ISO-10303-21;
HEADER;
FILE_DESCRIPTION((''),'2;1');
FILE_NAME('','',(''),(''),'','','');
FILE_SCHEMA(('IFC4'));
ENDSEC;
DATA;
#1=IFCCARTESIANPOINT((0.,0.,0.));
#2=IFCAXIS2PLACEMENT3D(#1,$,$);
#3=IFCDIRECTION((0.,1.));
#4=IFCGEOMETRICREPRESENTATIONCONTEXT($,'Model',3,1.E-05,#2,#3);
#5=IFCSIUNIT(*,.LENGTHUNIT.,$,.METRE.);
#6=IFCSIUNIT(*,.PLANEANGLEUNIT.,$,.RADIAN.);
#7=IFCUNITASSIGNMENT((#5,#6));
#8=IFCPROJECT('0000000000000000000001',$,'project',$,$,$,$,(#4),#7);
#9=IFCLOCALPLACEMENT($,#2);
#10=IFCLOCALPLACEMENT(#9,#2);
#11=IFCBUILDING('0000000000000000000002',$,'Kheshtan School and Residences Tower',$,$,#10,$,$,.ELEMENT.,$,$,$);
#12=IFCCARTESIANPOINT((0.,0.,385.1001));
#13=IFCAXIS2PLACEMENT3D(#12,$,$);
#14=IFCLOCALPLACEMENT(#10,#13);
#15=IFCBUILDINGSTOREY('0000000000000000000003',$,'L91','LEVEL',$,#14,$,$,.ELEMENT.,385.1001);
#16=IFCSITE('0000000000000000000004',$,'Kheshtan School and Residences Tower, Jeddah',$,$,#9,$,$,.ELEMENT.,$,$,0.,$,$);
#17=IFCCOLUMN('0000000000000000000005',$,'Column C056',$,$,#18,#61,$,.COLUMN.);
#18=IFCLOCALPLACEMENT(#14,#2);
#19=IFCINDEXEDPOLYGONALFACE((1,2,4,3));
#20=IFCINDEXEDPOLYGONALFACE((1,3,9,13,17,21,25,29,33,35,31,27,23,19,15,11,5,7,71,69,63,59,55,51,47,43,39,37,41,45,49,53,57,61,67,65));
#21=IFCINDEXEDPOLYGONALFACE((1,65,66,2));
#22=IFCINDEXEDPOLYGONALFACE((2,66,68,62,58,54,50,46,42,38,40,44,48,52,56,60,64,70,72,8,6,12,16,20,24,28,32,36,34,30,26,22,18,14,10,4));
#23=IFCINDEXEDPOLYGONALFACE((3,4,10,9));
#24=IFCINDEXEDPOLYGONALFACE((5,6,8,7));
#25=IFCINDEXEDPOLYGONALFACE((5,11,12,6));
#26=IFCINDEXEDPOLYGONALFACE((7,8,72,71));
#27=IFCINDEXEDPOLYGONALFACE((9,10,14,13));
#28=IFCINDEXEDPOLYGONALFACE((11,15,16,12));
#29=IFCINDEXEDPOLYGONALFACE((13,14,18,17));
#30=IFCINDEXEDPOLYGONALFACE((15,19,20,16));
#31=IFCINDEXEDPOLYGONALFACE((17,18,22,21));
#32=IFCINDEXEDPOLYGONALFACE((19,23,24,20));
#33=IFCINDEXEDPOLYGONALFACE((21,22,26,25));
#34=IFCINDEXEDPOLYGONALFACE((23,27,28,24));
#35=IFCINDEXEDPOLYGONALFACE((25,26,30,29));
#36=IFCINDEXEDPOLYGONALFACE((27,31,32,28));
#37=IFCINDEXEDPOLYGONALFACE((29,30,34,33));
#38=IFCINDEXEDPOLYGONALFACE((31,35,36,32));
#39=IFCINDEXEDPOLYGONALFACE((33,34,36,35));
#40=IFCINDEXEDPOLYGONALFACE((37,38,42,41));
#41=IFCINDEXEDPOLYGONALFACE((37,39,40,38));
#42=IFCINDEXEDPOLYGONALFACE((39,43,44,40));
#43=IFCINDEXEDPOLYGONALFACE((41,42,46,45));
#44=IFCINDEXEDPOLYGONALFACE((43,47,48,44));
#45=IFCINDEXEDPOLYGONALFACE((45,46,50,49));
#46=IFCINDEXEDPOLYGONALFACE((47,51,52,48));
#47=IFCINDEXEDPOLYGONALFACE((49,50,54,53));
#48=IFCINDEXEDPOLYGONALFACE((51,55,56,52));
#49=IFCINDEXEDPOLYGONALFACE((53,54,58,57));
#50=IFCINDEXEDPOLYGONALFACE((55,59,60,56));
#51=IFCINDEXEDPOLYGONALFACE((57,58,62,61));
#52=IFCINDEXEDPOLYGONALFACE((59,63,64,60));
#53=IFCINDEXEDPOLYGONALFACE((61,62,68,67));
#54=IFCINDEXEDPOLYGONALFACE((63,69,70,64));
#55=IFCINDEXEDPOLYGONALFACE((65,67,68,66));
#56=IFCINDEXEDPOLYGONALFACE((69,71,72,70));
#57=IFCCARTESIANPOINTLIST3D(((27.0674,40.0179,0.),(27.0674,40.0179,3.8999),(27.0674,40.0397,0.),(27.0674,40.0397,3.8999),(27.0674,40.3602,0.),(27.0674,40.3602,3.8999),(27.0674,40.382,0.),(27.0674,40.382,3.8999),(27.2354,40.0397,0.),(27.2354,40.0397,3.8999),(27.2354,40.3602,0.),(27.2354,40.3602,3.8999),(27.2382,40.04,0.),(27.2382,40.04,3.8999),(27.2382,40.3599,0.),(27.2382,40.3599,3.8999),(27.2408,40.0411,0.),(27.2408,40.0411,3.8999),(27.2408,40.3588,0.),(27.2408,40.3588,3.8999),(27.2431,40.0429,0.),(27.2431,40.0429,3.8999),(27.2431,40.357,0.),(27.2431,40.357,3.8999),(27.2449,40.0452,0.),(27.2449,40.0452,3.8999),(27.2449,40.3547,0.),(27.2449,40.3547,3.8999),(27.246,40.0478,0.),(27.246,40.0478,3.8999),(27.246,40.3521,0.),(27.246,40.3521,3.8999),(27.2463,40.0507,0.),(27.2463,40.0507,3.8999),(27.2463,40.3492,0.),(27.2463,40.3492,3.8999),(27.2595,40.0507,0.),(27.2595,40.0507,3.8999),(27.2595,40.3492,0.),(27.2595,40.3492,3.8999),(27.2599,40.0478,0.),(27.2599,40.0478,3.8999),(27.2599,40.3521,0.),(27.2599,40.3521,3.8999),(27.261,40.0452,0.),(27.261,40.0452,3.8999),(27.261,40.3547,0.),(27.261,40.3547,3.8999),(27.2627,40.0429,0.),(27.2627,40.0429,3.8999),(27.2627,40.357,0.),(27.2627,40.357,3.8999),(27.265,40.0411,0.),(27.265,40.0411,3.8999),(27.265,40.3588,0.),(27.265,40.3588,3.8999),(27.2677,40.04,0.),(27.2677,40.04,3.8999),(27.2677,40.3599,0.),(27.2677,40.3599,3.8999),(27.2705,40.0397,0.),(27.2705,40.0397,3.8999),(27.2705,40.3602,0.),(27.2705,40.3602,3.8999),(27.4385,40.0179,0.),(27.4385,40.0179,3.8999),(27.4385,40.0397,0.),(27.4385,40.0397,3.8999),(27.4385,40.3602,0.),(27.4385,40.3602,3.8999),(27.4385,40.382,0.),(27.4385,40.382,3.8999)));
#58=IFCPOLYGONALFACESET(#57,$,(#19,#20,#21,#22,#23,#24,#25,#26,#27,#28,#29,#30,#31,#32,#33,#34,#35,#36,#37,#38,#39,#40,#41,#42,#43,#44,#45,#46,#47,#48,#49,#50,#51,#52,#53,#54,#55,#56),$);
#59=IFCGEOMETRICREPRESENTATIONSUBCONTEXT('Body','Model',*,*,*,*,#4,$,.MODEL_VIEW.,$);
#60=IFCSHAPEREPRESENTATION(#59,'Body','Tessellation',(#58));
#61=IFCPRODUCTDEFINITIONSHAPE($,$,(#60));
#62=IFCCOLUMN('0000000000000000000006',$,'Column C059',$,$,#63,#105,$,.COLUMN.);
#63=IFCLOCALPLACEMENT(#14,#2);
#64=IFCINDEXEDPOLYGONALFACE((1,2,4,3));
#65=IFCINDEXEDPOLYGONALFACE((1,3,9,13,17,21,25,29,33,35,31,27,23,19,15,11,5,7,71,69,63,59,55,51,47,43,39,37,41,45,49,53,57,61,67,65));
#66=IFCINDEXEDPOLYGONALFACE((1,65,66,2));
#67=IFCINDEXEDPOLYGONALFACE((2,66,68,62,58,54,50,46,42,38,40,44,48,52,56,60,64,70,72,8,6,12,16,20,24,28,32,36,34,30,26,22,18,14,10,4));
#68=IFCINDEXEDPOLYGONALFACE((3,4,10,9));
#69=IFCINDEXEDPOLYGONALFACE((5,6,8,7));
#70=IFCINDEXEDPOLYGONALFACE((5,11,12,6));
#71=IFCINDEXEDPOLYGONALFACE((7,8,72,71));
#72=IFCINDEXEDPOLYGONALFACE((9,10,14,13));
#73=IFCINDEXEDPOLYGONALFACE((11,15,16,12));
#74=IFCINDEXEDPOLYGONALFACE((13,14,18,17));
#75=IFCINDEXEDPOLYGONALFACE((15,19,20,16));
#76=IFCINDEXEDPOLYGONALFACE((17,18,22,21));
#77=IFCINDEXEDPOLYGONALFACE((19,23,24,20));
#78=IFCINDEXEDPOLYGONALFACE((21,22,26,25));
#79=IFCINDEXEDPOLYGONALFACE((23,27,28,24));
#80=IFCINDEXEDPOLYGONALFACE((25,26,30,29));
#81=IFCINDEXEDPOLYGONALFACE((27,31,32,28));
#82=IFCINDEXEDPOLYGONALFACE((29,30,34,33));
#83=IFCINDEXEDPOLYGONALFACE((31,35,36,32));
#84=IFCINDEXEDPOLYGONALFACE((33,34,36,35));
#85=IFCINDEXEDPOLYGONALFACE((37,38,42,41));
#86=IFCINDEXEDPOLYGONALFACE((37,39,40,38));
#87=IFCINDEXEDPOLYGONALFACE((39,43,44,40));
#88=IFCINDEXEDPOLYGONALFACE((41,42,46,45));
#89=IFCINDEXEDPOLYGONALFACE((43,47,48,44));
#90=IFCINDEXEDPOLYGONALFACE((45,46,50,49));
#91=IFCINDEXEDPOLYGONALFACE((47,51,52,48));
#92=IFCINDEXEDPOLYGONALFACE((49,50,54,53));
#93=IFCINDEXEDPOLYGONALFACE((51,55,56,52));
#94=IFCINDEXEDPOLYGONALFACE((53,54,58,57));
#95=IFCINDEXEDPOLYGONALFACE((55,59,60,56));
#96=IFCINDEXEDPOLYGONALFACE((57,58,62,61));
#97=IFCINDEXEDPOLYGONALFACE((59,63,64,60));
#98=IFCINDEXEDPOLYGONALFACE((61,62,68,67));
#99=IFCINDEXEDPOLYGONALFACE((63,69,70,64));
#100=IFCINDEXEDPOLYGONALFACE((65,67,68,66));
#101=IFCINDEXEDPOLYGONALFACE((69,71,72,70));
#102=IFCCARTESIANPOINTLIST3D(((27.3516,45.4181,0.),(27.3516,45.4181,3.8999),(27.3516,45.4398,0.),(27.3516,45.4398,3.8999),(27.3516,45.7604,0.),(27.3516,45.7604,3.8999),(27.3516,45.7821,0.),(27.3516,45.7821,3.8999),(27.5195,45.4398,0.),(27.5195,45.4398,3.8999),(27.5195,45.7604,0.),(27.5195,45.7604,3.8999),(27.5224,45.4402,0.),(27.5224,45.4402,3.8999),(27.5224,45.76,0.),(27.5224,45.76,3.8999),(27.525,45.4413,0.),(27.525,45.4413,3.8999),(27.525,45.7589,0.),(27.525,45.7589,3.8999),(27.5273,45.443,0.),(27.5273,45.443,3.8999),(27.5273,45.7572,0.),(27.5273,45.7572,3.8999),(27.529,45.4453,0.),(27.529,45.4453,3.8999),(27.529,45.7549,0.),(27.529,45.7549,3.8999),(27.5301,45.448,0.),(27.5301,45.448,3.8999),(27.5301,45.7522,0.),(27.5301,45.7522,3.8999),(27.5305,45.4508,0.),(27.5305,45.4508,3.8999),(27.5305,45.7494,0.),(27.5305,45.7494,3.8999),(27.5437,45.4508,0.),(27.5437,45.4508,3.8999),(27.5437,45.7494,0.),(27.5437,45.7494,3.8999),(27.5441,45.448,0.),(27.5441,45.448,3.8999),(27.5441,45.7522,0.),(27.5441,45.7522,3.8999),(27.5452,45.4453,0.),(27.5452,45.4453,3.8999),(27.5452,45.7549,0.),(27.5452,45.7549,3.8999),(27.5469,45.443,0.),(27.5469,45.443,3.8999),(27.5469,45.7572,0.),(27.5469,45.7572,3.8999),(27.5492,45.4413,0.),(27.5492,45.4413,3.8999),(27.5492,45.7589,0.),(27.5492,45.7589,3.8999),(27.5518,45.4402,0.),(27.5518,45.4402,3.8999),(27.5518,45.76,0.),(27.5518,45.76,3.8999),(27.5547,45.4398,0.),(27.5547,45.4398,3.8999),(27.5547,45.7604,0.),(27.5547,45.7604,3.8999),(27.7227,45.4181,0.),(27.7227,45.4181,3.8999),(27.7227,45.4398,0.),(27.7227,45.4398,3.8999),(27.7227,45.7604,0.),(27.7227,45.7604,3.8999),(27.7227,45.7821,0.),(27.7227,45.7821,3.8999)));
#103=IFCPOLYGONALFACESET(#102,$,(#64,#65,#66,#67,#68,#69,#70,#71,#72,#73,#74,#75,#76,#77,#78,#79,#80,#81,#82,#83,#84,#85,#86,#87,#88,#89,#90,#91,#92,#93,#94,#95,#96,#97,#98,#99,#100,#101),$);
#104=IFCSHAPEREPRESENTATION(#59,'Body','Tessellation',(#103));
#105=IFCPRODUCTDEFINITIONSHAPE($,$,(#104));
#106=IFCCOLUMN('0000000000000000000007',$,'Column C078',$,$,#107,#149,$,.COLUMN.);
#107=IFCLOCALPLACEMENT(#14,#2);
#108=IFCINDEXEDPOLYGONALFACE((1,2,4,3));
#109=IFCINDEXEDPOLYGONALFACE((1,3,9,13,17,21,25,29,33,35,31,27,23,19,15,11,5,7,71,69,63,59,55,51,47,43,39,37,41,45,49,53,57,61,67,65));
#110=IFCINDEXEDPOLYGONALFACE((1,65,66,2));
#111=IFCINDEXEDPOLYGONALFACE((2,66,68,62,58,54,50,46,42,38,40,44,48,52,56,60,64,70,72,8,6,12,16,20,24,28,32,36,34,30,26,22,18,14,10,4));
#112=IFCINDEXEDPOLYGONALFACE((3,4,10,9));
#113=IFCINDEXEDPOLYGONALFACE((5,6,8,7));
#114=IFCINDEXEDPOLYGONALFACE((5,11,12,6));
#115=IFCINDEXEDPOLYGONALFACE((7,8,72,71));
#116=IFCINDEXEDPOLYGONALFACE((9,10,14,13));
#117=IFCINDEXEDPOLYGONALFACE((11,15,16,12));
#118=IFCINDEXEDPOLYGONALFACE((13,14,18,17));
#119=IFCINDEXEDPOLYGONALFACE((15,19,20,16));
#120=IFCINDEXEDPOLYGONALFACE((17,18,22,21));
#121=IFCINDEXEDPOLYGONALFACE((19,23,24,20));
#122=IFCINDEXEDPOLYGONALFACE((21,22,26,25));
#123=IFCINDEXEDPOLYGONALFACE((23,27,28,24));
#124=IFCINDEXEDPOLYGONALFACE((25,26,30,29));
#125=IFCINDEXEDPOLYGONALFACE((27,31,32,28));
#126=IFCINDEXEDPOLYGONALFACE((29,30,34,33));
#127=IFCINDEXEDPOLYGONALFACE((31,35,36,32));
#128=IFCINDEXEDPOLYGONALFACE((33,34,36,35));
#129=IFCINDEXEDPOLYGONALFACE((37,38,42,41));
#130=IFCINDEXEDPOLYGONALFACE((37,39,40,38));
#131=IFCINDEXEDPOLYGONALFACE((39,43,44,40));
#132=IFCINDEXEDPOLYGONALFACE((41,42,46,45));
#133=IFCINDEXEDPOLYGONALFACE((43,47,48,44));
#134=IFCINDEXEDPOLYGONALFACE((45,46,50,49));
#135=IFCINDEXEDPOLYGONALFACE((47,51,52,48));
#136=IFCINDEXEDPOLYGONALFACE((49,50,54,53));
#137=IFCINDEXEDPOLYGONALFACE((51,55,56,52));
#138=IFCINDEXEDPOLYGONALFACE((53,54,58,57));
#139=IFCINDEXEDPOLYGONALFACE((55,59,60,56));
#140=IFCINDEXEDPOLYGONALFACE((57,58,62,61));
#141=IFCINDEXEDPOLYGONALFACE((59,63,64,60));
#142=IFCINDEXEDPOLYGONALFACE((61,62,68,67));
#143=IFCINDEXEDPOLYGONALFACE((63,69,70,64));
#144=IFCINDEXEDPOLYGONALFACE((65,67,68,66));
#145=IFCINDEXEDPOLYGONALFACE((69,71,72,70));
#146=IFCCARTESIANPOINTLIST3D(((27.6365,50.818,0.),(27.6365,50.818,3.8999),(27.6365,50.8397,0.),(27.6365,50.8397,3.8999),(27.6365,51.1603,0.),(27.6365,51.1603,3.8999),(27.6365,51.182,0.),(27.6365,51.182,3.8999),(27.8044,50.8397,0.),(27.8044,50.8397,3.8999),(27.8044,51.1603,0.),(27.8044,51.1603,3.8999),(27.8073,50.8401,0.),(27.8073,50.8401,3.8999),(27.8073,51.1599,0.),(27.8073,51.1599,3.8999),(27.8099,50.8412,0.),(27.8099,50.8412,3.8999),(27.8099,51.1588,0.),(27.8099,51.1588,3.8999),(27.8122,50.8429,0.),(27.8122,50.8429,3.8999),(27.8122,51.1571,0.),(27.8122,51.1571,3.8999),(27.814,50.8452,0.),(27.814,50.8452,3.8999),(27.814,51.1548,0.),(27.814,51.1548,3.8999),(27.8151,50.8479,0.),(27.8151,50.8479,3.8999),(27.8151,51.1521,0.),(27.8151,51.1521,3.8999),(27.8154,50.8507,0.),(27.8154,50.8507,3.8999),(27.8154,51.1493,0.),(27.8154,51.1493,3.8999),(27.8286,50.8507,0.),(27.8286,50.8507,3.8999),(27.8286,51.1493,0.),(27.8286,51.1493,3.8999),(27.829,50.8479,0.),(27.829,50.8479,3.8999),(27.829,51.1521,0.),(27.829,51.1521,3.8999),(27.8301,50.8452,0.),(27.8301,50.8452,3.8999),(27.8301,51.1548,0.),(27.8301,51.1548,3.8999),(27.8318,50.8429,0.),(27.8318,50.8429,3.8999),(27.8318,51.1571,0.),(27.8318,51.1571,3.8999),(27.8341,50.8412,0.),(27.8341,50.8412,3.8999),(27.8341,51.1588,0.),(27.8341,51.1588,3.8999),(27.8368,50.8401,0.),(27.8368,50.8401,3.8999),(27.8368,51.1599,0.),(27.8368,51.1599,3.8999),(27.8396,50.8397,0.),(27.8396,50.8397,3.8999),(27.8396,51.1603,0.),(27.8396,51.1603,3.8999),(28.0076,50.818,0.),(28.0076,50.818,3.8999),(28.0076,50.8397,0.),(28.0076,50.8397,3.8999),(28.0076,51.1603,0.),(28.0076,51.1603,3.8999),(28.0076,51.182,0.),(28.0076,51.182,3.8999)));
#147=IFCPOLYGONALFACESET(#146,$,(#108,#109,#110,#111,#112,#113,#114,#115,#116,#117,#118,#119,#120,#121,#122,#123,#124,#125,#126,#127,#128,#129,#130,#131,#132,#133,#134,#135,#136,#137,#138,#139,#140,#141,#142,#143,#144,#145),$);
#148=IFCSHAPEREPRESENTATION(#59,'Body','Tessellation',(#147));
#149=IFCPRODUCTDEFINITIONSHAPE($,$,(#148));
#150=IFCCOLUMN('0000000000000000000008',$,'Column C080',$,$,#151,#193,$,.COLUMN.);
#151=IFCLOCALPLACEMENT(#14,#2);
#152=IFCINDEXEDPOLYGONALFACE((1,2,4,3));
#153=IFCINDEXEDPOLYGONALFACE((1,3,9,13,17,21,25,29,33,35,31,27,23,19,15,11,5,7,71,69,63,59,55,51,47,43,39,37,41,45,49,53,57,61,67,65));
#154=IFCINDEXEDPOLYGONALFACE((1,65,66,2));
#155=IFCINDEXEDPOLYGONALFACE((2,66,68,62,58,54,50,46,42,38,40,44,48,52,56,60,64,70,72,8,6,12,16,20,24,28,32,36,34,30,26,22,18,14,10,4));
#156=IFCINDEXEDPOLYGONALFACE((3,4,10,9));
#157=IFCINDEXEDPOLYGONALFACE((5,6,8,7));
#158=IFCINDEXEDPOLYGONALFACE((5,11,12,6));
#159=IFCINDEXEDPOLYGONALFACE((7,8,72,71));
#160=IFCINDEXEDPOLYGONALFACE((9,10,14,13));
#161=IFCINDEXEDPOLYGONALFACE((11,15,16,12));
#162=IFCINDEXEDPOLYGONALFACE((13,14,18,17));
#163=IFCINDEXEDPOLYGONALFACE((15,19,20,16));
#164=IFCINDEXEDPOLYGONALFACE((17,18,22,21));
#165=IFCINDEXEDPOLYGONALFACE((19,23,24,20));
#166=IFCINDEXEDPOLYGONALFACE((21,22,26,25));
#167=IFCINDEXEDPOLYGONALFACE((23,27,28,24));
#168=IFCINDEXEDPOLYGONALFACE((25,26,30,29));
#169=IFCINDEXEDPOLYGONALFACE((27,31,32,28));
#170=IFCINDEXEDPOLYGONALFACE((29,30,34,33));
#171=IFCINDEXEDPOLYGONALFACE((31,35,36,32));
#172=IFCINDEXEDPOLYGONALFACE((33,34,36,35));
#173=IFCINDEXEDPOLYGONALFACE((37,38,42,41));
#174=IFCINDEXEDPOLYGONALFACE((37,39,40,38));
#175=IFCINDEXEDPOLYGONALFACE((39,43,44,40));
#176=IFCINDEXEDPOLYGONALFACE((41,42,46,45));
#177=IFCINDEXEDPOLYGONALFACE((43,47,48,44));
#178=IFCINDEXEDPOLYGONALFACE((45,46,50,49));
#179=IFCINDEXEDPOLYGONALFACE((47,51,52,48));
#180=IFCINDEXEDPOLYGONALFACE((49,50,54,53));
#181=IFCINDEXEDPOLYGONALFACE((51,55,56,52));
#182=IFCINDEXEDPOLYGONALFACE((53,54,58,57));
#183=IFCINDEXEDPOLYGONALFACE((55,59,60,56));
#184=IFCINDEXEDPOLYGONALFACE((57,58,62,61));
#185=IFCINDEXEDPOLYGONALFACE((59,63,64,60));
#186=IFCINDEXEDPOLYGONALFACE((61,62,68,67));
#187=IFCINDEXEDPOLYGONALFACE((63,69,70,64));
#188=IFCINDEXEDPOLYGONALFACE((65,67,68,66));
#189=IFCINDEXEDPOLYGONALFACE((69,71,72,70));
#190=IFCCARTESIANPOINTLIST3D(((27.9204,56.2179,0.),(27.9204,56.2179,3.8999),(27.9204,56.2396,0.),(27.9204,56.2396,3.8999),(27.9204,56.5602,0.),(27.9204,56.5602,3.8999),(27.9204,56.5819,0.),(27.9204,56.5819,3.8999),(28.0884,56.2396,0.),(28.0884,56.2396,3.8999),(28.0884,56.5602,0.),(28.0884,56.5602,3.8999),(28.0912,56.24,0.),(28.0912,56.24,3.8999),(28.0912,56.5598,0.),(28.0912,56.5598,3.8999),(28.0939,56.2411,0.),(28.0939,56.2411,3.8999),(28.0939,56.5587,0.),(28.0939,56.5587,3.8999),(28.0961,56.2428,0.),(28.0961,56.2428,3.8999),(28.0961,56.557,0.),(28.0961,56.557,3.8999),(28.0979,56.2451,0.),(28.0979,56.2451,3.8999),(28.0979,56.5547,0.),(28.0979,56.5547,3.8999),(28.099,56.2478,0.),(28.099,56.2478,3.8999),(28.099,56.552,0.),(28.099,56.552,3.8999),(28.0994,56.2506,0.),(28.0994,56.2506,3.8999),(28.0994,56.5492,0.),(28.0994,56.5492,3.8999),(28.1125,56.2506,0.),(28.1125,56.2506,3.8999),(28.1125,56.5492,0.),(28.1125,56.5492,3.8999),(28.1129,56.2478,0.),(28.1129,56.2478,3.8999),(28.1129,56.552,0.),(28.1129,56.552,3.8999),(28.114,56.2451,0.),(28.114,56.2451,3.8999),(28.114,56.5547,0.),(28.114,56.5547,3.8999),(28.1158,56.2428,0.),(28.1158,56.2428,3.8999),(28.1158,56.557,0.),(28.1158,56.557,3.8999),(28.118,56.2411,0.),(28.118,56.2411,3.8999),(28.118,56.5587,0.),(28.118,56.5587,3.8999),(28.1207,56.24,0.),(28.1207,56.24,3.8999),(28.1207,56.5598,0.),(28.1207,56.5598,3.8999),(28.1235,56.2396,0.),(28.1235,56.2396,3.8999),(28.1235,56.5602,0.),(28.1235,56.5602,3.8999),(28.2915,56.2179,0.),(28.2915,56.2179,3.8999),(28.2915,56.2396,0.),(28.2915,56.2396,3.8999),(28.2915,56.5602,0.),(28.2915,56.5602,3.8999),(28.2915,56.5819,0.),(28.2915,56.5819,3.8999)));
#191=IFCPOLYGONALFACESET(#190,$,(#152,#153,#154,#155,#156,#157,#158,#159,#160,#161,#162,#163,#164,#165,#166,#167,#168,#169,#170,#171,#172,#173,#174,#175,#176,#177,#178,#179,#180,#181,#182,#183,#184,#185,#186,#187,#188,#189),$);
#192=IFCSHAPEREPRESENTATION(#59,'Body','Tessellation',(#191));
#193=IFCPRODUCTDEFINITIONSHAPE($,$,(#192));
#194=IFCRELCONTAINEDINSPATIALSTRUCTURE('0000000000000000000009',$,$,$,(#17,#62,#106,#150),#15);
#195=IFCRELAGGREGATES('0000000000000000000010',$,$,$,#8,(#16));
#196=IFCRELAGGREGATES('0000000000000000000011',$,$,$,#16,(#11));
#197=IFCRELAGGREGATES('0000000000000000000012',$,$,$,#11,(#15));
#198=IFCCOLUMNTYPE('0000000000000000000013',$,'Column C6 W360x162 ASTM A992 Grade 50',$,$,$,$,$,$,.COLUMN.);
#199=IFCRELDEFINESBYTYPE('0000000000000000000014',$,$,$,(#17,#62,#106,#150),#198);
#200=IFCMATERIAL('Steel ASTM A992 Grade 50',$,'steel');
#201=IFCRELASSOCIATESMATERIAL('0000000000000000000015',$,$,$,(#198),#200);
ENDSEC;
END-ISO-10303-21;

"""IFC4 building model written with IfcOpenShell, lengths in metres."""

from ifc_helpers import new_model, si_unit, direction, frame, origin, origin_2d, place, context, subcontext, project, spatial, i_section, extrude, material, material_profile, profile_set, type_object, element, save


model = new_model("IFC4")

# Units and contexts
model_context = context("Model", 3, precision=1e-05, world=origin(), true_north=direction((0.0, 1.0)))
body_context = subcontext(model_context, "Body", "Model", "MODEL_VIEW")
ifc_project = project(units=[si_unit("LENGTHUNIT", "METRE"), si_unit("PLANEANGLEUNIT", "RADIAN")], contexts=[model_context])

# Site, building, storey
site_placement = place(None, origin())
site = spatial("IfcSite", under=ifc_project, at=site_placement, Name="Kheshtan School and Residences Tower, Jeddah", CompositionType="ELEMENT", RefElevation=0.0)
building_placement = place(site_placement, origin())
building = spatial("IfcBuilding", under=site, at=building_placement, Name="Kheshtan School and Residences Tower", CompositionType="ELEMENT")
storey_placement = place(building_placement, frame((0.0, 0.0, 385.1001)))
storey = spatial("IfcBuildingStorey", under=building, at=storey_placement, Name="L91", Description="LEVEL", CompositionType="ELEMENT", Elevation=385.1001)

# Columns
ifc_material_1 = material(Name="Steel ASTM A992 Grade 50", Category="steel")
ifc_material_profile_1 = material_profile(ifc_material_1, i_section(OverallWidth=0.3711, OverallDepth=0.364, WebThickness=0.0132, FlangeThickness=0.0217, FilletRadius=0.011, at=origin_2d()), Name="W360x162")
ifc_profile_set_1 = profile_set([ifc_material_profile_1], Name="Steel ASTM A992 Grade 50")
column_type = type_object("IfcColumnType", Name="Column C6 W360x162 ASTM A992 Grade 50", PredefinedType="COLUMN", material=ifc_profile_set_1)
for number, where, z_axis, x_axis, name in (
    (1, (27.2529, 40.2, 0.0), (0.0, 0.0, 1.0), (1.0, 0.0, 0.0), "Column C056"),
    (2, (27.5371, 45.6001, 0.0), (0.0, 0.0, 1.0), (1.0, 0.0, 0.0), "Column C059"),
    (3, (27.822, 51.0, 0.0), (0.0, 0.0, 1.0), (1.0, 0.0, 0.0), "Column C078"),
    (4, (28.106, 56.3999, 0.0), (0.0, 0.0, 1.0), (1.0, 0.0, 0.0), "Column C080"),
):
    element("IfcColumn", number, at=place(storey_placement, frame(where, z_axis=z_axis, x_axis=x_axis)), inside=storey, type_object=column_type, Name=name, PredefinedType="COLUMN", context=body_context, shape_type="SweptSolid", body=[
        extrude(i_section(OverallWidth=0.3711, OverallDepth=0.364, WebThickness=0.0132, FlangeThickness=0.0217, FilletRadius=0.011, at=origin_2d()), origin(), (0.0, 0.0, 1.0), 3.8999),
    ])

save(model, "model.ifc")
